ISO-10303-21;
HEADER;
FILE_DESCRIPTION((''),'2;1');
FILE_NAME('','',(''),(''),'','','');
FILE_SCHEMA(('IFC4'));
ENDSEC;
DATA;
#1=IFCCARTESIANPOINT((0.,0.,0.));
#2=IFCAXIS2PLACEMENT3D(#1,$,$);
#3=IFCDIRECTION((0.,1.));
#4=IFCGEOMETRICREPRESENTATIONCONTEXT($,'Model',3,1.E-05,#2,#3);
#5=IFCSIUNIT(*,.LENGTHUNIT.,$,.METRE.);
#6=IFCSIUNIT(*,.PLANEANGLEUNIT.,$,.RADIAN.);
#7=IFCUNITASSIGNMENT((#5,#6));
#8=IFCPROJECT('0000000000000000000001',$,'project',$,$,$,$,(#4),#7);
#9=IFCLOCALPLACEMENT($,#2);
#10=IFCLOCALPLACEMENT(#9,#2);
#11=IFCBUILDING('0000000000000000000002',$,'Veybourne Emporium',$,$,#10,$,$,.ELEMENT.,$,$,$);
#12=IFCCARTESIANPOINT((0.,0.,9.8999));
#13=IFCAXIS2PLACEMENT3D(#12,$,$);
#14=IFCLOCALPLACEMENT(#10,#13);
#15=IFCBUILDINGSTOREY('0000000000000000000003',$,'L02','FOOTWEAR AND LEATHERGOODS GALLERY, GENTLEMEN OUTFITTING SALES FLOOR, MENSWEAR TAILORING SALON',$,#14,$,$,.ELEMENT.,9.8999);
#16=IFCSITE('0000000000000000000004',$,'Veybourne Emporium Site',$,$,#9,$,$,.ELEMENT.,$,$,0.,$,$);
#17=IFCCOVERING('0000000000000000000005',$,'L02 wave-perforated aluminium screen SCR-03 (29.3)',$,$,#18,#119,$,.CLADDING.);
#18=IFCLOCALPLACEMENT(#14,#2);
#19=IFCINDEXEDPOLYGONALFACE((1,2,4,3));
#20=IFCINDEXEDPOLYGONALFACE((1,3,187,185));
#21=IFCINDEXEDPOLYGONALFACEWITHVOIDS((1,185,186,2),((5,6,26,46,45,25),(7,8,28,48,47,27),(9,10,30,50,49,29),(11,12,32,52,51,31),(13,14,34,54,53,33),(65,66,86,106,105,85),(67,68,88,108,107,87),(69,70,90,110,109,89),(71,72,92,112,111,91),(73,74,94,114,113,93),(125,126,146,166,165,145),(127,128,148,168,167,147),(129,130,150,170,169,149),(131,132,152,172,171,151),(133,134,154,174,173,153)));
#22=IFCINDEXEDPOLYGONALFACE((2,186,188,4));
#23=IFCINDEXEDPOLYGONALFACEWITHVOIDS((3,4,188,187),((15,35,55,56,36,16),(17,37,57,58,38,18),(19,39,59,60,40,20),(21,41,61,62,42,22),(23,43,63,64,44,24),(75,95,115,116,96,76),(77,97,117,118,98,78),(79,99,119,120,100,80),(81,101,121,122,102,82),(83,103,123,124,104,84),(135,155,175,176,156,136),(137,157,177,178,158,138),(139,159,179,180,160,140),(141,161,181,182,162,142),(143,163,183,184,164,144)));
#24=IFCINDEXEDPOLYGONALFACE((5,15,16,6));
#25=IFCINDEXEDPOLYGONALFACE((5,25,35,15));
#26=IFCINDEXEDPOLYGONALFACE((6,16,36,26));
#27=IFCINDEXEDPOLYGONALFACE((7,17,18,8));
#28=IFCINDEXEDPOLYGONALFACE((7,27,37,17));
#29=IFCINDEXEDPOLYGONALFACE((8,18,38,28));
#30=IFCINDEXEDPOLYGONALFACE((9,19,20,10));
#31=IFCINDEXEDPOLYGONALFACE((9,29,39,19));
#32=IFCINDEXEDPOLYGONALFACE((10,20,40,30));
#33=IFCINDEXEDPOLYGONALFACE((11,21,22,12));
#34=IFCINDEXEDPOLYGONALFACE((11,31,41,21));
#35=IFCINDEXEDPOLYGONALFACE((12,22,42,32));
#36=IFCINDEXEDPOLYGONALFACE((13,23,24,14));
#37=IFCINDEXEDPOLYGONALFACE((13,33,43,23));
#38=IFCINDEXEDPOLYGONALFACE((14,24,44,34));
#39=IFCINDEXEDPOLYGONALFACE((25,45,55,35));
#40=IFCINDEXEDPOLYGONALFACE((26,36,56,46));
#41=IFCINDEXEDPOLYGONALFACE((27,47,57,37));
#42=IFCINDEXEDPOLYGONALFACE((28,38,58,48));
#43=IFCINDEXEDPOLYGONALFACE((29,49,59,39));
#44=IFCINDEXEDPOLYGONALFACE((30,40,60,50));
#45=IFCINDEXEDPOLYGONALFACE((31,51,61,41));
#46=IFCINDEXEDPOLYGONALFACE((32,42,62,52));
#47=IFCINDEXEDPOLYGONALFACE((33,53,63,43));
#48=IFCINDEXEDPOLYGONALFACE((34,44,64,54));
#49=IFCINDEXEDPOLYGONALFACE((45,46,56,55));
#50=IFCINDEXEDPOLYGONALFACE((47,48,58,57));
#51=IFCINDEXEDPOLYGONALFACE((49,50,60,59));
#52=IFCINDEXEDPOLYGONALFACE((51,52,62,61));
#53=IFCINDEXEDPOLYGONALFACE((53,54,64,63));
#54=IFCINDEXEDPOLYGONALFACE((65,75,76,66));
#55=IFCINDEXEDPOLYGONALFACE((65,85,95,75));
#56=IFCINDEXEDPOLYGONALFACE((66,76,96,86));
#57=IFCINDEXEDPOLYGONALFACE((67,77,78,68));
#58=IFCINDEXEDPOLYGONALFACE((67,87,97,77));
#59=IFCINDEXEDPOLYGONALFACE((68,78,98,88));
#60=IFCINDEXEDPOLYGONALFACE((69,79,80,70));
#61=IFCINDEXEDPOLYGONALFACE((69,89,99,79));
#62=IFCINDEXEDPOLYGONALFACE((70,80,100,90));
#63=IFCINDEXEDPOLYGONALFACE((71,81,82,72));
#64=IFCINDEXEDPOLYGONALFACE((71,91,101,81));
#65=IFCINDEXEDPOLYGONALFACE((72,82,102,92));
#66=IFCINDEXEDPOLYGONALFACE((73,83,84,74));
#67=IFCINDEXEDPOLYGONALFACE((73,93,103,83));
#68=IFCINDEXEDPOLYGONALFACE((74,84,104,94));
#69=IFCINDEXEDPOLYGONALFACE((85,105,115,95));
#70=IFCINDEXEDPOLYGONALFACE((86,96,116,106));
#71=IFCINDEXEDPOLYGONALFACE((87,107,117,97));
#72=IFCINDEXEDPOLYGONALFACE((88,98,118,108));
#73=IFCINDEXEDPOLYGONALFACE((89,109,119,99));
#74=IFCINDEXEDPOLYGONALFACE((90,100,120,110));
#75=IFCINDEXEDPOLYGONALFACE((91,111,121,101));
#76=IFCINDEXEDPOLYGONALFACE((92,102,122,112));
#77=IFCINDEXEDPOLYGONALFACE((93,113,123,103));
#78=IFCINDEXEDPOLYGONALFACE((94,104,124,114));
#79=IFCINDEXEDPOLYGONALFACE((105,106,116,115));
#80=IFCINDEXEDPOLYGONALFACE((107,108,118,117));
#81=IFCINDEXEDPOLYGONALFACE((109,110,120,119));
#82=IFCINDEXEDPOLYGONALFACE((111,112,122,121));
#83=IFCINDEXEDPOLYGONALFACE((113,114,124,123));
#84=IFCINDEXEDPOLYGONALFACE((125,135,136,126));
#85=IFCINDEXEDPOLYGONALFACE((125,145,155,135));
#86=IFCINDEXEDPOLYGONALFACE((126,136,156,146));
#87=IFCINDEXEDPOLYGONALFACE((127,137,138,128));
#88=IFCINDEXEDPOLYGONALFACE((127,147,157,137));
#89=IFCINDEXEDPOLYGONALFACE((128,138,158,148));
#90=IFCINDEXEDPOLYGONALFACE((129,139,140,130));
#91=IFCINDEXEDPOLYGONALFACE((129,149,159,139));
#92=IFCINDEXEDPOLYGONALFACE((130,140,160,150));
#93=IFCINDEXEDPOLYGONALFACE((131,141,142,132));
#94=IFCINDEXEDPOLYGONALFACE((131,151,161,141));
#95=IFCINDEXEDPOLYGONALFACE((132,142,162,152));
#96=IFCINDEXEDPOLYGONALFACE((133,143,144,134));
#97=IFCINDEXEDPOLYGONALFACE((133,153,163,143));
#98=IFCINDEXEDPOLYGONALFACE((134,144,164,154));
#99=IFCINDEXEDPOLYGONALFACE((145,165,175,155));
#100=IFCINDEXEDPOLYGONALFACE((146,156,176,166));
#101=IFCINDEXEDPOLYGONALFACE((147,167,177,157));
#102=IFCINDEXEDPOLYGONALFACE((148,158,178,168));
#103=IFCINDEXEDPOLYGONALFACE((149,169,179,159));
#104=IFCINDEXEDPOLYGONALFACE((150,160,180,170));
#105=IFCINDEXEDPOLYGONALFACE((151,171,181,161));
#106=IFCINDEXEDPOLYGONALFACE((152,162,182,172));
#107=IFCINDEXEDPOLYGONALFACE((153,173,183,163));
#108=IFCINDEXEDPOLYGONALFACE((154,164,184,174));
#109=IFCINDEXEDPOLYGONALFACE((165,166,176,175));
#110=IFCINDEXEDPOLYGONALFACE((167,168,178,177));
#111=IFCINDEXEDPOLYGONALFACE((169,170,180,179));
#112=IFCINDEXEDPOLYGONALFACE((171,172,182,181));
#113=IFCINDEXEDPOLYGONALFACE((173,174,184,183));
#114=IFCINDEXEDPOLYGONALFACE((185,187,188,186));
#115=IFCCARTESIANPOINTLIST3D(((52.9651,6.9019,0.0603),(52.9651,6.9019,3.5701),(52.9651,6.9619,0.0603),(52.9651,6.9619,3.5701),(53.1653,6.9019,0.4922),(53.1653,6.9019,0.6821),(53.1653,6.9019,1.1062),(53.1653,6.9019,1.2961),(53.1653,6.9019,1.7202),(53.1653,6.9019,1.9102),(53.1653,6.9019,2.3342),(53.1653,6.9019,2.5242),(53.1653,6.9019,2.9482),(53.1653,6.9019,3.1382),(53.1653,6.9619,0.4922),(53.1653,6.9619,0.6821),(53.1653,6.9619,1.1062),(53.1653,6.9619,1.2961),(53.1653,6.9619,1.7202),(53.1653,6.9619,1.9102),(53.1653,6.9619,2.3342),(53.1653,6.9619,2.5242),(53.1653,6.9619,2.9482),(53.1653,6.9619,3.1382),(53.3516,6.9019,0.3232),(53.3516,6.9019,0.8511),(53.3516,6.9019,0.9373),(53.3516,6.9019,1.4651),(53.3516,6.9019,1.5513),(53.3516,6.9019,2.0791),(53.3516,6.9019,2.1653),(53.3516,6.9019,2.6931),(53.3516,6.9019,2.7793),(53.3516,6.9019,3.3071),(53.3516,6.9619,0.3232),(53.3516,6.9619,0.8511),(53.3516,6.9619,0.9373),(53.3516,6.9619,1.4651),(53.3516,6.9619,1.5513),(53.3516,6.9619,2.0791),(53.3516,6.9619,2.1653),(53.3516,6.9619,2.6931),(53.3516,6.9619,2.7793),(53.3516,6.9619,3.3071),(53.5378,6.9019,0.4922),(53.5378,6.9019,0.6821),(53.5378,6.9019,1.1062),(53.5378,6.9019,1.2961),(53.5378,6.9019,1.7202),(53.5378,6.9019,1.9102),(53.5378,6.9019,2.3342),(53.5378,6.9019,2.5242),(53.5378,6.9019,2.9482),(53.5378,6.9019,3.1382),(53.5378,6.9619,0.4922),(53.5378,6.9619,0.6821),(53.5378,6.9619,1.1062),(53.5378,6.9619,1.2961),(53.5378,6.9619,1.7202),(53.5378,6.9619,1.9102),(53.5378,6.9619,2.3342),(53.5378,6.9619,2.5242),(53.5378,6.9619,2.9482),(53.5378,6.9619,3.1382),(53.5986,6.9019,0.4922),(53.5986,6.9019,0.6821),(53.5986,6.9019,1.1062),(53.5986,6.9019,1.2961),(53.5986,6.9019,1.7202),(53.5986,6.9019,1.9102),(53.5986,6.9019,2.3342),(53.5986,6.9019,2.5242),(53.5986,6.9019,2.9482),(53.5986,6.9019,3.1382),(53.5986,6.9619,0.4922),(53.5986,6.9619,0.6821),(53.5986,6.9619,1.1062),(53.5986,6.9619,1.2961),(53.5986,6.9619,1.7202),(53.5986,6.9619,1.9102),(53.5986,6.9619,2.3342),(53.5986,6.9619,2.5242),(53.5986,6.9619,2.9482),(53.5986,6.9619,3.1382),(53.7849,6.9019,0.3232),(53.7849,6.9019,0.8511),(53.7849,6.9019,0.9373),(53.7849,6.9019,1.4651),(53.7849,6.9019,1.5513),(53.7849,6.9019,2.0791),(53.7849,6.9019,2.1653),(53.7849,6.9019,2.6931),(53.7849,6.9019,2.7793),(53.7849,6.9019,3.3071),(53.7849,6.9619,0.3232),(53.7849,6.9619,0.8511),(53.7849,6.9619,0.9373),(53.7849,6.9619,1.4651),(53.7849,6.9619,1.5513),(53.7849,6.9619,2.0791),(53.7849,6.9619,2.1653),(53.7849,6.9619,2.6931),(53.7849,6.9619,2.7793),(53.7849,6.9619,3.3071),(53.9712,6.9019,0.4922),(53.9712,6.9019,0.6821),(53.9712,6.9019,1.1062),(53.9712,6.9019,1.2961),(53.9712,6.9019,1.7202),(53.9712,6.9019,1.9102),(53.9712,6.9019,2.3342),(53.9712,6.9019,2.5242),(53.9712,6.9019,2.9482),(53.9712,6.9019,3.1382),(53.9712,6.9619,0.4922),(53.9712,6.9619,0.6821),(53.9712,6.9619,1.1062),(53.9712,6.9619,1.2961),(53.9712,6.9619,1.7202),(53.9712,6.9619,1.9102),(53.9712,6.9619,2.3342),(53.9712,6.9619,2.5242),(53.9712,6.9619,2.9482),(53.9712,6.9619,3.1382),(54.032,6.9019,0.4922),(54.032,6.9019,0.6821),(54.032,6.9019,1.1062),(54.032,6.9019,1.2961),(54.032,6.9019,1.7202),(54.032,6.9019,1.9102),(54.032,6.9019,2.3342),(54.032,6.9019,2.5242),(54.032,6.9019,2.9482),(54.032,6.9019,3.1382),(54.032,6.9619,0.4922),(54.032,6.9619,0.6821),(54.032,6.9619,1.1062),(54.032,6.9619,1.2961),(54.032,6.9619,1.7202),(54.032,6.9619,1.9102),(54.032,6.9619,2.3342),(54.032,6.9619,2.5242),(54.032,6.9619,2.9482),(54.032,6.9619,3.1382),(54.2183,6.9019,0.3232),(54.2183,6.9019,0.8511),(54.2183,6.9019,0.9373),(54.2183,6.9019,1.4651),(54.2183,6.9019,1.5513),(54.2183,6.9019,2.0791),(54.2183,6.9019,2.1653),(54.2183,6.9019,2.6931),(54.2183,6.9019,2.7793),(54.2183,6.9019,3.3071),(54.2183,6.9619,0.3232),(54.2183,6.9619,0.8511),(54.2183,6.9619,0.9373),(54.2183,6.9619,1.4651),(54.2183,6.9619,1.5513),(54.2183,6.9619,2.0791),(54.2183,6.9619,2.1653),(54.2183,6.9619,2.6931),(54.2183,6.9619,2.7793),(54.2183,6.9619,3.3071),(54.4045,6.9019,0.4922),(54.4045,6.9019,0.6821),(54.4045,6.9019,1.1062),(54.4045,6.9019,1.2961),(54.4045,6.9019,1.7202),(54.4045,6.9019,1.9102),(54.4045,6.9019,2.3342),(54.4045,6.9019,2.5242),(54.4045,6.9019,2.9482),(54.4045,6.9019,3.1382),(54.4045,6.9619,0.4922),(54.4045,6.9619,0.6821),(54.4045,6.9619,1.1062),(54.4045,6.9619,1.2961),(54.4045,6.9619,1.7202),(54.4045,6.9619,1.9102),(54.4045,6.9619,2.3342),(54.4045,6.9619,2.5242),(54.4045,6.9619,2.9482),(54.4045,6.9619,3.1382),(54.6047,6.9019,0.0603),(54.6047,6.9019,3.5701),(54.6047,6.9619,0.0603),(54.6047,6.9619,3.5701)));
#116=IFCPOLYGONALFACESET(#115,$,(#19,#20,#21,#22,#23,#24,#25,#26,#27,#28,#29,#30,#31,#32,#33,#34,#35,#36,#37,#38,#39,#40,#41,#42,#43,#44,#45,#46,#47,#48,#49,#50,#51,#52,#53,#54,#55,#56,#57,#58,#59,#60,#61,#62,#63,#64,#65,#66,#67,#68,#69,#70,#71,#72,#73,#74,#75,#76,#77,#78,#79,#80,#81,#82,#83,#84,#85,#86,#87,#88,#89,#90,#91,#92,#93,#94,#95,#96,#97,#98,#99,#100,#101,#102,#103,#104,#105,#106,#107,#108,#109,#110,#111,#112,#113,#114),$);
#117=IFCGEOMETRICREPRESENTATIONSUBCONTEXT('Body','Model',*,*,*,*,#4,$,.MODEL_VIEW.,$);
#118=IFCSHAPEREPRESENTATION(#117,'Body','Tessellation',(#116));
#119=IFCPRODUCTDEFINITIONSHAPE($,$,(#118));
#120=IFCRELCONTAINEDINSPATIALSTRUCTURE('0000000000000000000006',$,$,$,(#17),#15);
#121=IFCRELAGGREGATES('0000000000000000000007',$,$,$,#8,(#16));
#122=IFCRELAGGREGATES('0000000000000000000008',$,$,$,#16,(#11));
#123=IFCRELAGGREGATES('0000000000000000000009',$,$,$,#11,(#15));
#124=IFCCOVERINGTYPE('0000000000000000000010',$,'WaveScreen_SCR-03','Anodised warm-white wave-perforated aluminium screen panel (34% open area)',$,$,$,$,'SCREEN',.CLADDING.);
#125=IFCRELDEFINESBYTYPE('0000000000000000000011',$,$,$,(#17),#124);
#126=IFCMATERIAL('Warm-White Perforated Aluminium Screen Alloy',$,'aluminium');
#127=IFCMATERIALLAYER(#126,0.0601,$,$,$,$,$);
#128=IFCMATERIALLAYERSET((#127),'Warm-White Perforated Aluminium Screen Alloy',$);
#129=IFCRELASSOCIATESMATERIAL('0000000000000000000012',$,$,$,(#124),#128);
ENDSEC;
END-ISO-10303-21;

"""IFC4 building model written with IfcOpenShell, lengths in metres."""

from ifc_helpers import new_model, si_unit, direction, frame, origin, place, context, subcontext, project, spatial, polyline, outline, extrude, material, layer, layer_set, type_object, element, save


model = new_model("IFC4")

# Units and contexts
model_context = context("Model", 3, precision=1e-05, world=origin(), true_north=direction((0.0, 1.0)))
body_context = subcontext(model_context, "Body", "Model", "MODEL_VIEW")
ifc_project = project(units=[si_unit("LENGTHUNIT", "METRE"), si_unit("PLANEANGLEUNIT", "RADIAN")], contexts=[model_context])

# Site, building, storey
site_placement = place(None, origin())
site = spatial("IfcSite", under=ifc_project, at=site_placement, Name="Veybourne Emporium Site", CompositionType="ELEMENT", RefElevation=0.0)
building_placement = place(site_placement, origin())
building = spatial("IfcBuilding", under=site, at=building_placement, Name="Veybourne Emporium", CompositionType="ELEMENT")
storey_placement = place(building_placement, frame((0.0, 0.0, 9.8999)))
storey = spatial("IfcBuildingStorey", under=building, at=storey_placement, Name="L02", Description="FOOTWEAR AND LEATHERGOODS GALLERY, GENTLEMEN OUTFITTING SALES FLOOR, MENSWEAR TAILORING SALON", CompositionType="ELEMENT", Elevation=9.8999)

# Covering
ifc_material_1 = material(Name="Warm-White Perforated Aluminium Screen Alloy", Category="aluminium")
ifc_layer_1 = layer(ifc_material_1, 0.0601)
ifc_layer_set_1 = layer_set([ifc_layer_1], Name="Warm-White Perforated Aluminium Screen Alloy")
covering_type_1 = type_object("IfcCoveringType", Name="WaveScreen_SCR-03", Description="Anodised warm-white wave-perforated aluminium screen panel (34% open area)", ElementType="SCREEN", PredefinedType="CLADDING", material=ifc_layer_set_1)
covering_1_placement = place(storey_placement, frame((53.7849, 6.9019, 1.8152), z_axis=(0.0, 1.0, 0.0), x_axis=(-1.0, 0.0, 0.0)))
element("IfcCovering", 1, at=covering_1_placement, inside=storey, type_object=covering_type_1, Name="L02 wave-perforated aluminium screen SCR-03 (29.3)", PredefinedType="CLADDING", context=body_context, shape_type="SweptSolid", body=[
    extrude(outline(polyline([(-0.8198, -1.7549), (0.8198, -1.7549), (0.8198, 1.7549), (-0.8198, 1.7549), (-0.8198, -1.7549)]), holes=[polyline([(-0.4333, -0.9641), (-0.2471, -1.1331), (-0.2471, -1.323), (-0.4333, -1.4919), (-0.6196, -1.323), (-0.6196, -1.1331), (-0.4333, -0.9641)]), polyline([(-0.4333, -0.3501), (-0.2471, -0.519), (-0.2471, -0.709), (-0.4333, -0.8779), (-0.6196, -0.709), (-0.6196, -0.519), (-0.4333, -0.3501)]), polyline([(-0.4333, 0.2639), (-0.2471, 0.095), (-0.2471, -0.095), (-0.4333, -0.2639), (-0.6196, -0.095), (-0.6196, 0.095), (-0.4333, 0.2639)]), polyline([(-0.4333, 0.8779), (-0.2471, 0.709), (-0.2471, 0.519), (-0.4333, 0.3501), (-0.6196, 0.519), (-0.6196, 0.709), (-0.4333, 0.8779)]), polyline([(-0.4333, 1.4919), (-0.2471, 1.323), (-0.2471, 1.1331), (-0.4333, 0.9641), (-0.6196, 1.1331), (-0.6196, 1.323), (-0.4333, 1.4919)]), polyline([(0.0, -0.9641), (0.1863, -1.1331), (0.1863, -1.323), (0.0, -1.4919), (-0.1863, -1.323), (-0.1863, -1.1331), (0.0, -0.9641)]), polyline([(0.0, -0.3501), (0.1863, -0.519), (0.1863, -0.709), (0.0, -0.8779), (-0.1863, -0.709), (-0.1863, -0.519), (0.0, -0.3501)]), polyline([(0.0, 0.2639), (0.1863, 0.095), (0.1863, -0.095), (0.0, -0.2639), (-0.1863, -0.095), (-0.1863, 0.095), (0.0, 0.2639)]), polyline([(0.0, 0.8779), (0.1863, 0.709), (0.1863, 0.519), (0.0, 0.3501), (-0.1863, 0.519), (-0.1863, 0.709), (0.0, 0.8779)]), polyline([(0.0, 1.4919), (0.1863, 1.323), (0.1863, 1.1331), (0.0, 0.9641), (-0.1863, 1.1331), (-0.1863, 1.323), (0.0, 1.4919)]), polyline([(0.4333, -0.9641), (0.6196, -1.1331), (0.6196, -1.323), (0.4333, -1.4919), (0.2471, -1.323), (0.2471, -1.1331), (0.4333, -0.9641)]), polyline([(0.4333, -0.3501), (0.6196, -0.519), (0.6196, -0.709), (0.4333, -0.8779), (0.2471, -0.709), (0.2471, -0.519), (0.4333, -0.3501)]), polyline([(0.4333, 0.2639), (0.6196, 0.095), (0.6196, -0.095), (0.4333, -0.2639), (0.2471, -0.095), (0.2471, 0.095), (0.4333, 0.2639)]), polyline([(0.4333, 0.8779), (0.6196, 0.709), (0.6196, 0.519), (0.4333, 0.3501), (0.2471, 0.519), (0.2471, 0.709), (0.4333, 0.8779)]), polyline([(0.4333, 1.4919), (0.6196, 1.323), (0.6196, 1.1331), (0.4333, 0.9641), (0.2471, 1.1331), (0.2471, 1.323), (0.4333, 1.4919)])]), origin(), (0.0, 0.0, 1.0), 0.0601),
])

save(model, "model.ifc")
